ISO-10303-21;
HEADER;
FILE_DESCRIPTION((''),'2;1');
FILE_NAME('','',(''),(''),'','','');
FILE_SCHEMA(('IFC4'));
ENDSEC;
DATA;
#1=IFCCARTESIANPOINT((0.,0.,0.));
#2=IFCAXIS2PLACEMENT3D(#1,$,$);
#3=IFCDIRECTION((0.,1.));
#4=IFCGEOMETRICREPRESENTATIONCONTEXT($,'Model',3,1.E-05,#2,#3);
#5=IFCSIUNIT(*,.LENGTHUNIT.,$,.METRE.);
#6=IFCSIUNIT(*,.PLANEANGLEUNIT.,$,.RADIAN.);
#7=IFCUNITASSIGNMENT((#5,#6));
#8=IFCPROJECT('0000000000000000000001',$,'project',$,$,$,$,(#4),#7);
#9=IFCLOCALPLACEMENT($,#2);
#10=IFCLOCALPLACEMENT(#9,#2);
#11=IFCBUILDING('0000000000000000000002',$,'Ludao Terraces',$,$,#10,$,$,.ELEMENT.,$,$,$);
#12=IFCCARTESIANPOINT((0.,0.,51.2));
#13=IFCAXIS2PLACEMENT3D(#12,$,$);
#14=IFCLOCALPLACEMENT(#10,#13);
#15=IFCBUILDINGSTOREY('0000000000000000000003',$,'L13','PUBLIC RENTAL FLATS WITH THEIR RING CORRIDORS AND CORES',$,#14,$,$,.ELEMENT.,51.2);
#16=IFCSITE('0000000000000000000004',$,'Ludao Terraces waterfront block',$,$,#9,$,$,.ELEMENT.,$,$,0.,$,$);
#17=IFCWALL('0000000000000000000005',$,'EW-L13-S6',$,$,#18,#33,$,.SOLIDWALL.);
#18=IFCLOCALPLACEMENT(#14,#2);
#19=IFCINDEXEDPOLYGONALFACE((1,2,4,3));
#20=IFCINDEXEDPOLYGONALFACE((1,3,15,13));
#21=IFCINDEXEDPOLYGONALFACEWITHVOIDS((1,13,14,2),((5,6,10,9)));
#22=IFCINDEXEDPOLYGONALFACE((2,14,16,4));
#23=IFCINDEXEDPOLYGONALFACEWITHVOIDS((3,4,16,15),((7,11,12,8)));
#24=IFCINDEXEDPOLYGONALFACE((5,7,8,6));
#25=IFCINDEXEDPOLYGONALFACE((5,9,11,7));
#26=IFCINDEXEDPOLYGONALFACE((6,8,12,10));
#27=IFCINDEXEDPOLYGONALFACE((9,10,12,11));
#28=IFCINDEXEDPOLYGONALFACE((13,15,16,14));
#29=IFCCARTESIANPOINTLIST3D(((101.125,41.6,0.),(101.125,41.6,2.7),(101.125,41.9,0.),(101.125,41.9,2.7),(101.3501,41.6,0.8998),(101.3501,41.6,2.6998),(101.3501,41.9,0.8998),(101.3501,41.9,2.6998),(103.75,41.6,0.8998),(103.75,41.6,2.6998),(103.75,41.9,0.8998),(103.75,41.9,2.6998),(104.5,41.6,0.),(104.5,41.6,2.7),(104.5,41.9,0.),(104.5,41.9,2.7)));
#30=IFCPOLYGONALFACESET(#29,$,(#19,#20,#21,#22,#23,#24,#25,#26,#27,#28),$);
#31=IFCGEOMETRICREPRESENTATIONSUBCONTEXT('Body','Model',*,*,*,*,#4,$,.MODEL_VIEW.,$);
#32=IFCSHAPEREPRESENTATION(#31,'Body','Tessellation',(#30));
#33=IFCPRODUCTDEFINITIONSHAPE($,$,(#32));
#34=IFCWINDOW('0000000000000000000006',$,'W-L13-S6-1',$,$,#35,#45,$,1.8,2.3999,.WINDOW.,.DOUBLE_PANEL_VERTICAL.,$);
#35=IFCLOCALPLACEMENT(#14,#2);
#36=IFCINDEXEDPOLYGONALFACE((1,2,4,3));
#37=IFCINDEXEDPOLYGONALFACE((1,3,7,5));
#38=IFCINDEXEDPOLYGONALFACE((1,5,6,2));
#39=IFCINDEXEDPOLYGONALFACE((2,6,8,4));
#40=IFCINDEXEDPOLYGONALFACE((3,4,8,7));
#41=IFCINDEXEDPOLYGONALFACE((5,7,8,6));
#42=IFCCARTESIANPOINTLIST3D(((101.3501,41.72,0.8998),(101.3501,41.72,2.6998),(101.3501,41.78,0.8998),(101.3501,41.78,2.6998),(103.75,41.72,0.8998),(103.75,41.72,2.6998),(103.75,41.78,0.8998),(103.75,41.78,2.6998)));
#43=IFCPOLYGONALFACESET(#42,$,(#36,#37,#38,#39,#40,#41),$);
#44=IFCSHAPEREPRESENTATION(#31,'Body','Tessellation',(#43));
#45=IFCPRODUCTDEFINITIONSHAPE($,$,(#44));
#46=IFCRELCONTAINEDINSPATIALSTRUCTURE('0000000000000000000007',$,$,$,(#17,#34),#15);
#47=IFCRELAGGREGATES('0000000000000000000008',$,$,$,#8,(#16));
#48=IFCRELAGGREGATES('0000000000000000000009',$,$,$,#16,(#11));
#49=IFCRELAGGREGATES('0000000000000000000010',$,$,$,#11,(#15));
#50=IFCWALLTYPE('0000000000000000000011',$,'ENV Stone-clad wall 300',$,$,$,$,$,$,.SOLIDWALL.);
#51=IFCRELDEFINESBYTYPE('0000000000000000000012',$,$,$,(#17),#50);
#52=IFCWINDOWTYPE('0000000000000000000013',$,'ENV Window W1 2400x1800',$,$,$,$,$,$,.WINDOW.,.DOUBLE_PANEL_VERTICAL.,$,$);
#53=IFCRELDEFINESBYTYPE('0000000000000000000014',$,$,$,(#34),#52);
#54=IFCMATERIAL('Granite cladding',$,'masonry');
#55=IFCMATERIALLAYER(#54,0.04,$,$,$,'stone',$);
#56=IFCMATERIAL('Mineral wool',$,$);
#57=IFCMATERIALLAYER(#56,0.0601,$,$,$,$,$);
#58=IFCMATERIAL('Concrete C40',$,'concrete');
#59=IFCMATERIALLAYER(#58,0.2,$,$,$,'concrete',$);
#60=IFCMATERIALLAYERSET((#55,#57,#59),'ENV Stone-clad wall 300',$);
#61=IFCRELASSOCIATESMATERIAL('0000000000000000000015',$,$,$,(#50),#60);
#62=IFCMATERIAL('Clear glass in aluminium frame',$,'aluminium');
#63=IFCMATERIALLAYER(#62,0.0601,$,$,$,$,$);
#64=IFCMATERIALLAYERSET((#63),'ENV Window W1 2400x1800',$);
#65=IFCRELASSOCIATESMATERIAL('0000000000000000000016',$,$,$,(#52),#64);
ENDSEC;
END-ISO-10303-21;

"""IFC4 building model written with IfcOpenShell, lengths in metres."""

from ifc_helpers import new_model, si_unit, direction, frame, frame_2d, origin, place, context, subcontext, project, spatial, rectangle, extrude, material, layer, layer_set, type_object, element, fill, save


model = new_model("IFC4")

# Units and contexts
model_context = context("Model", 3, precision=1e-05, world=origin(), true_north=direction((0.0, 1.0)))
body_context = subcontext(model_context, "Body", "Model", "MODEL_VIEW")
ifc_project = project(units=[si_unit("LENGTHUNIT", "METRE"), si_unit("PLANEANGLEUNIT", "RADIAN")], contexts=[model_context])

# Site, building, storey
site_placement = place(None, origin())
site = spatial("IfcSite", under=ifc_project, at=site_placement, Name="Ludao Terraces waterfront block", CompositionType="ELEMENT", RefElevation=0.0)
building_placement = place(site_placement, origin())
building = spatial("IfcBuilding", under=site, at=building_placement, Name="Ludao Terraces", CompositionType="ELEMENT")
storey_placement = place(building_placement, frame((0.0, 0.0, 51.2)))
storey = spatial("IfcBuildingStorey", under=building, at=storey_placement, Name="L13", Description="PUBLIC RENTAL FLATS WITH THEIR RING CORRIDORS AND CORES", CompositionType="ELEMENT", Elevation=51.2)

# Wall, opening, window
ifc_material_1 = material(Name="Granite cladding", Category="masonry")
ifc_layer_1 = layer(ifc_material_1, 0.04, Category="stone")
ifc_material_2 = material(Name="Mineral wool")
ifc_layer_2 = layer(ifc_material_2, 0.0601)
ifc_material_3 = material(Name="Concrete C40", Category="concrete")
ifc_layer_3 = layer(ifc_material_3, 0.2, Category="concrete")
ifc_layer_set_1 = layer_set([ifc_layer_1, ifc_layer_2, ifc_layer_3], Name="ENV Stone-clad wall 300")
wall_type = type_object("IfcWallType", Name="ENV Stone-clad wall 300", PredefinedType="SOLIDWALL", material=ifc_layer_set_1)
wall_placement = place(storey_placement, frame((101.125, 41.75, 0.0), z_axis=(0.0, 0.0, 1.0), x_axis=(1.0, 0.0, 0.0)))
wall = element("IfcWall", 1, at=wall_placement, inside=storey, type_object=wall_type, Name="EW-L13-S6", PredefinedType="SOLIDWALL", context=body_context, shape_type="SweptSolid", body=[
    extrude(rectangle(XDim=3.375, YDim=0.3, at=frame_2d((1.6875, 0.0))), origin(), (0.0, 0.0, 1.0), 2.7),
])
opening_placement = place(wall_placement, frame((0.2251, 0.0, 0.8999)))
opening = element("IfcOpeningElement", 2, at=opening_placement, cuts=wall, PredefinedType="OPENING", context=body_context, shape_type="SweptSolid", body=[
    extrude(rectangle(XDim=2.3999, YDim=1.8, at=frame_2d((1.2, 0.8999))), frame((0.0, 0.1602, 0.0), z_axis=(0.0, -1.0, 0.0), x_axis=(1.0, 0.0, 0.0)), (0.0, 0.0, 1.0), 0.3201),
])
ifc_material_4 = material(Name="Clear glass in aluminium frame", Category="aluminium")
ifc_layer_4 = layer(ifc_material_4, 0.0601)
ifc_layer_set_2 = layer_set([ifc_layer_4], Name="ENV Window W1 2400x1800")
window_type = type_object("IfcWindowType", Name="ENV Window W1 2400x1800", PartitioningType="DOUBLE_PANEL_VERTICAL", PredefinedType="WINDOW", material=ifc_layer_set_2)
window_placement = place(opening_placement, origin())
window = element("IfcWindow", 3, at=window_placement, inside=storey, type_object=window_type, Name="W-L13-S6-1", OverallHeight=1.8, OverallWidth=2.3999, PartitioningType="DOUBLE_PANEL_VERTICAL", PredefinedType="WINDOW", context=body_context, shape_type="SweptSolid", body=[
    extrude(rectangle(XDim=2.3999, YDim=1.8, at=frame_2d((1.2, 0.8999))), frame((0.0, 0.03, 0.0), z_axis=(0.0, -1.0, 0.0), x_axis=(1.0, 0.0, 0.0)), (0.0, 0.0, 1.0), 0.0601),
])
fill(opening, window)

save(model, "model.ifc")
